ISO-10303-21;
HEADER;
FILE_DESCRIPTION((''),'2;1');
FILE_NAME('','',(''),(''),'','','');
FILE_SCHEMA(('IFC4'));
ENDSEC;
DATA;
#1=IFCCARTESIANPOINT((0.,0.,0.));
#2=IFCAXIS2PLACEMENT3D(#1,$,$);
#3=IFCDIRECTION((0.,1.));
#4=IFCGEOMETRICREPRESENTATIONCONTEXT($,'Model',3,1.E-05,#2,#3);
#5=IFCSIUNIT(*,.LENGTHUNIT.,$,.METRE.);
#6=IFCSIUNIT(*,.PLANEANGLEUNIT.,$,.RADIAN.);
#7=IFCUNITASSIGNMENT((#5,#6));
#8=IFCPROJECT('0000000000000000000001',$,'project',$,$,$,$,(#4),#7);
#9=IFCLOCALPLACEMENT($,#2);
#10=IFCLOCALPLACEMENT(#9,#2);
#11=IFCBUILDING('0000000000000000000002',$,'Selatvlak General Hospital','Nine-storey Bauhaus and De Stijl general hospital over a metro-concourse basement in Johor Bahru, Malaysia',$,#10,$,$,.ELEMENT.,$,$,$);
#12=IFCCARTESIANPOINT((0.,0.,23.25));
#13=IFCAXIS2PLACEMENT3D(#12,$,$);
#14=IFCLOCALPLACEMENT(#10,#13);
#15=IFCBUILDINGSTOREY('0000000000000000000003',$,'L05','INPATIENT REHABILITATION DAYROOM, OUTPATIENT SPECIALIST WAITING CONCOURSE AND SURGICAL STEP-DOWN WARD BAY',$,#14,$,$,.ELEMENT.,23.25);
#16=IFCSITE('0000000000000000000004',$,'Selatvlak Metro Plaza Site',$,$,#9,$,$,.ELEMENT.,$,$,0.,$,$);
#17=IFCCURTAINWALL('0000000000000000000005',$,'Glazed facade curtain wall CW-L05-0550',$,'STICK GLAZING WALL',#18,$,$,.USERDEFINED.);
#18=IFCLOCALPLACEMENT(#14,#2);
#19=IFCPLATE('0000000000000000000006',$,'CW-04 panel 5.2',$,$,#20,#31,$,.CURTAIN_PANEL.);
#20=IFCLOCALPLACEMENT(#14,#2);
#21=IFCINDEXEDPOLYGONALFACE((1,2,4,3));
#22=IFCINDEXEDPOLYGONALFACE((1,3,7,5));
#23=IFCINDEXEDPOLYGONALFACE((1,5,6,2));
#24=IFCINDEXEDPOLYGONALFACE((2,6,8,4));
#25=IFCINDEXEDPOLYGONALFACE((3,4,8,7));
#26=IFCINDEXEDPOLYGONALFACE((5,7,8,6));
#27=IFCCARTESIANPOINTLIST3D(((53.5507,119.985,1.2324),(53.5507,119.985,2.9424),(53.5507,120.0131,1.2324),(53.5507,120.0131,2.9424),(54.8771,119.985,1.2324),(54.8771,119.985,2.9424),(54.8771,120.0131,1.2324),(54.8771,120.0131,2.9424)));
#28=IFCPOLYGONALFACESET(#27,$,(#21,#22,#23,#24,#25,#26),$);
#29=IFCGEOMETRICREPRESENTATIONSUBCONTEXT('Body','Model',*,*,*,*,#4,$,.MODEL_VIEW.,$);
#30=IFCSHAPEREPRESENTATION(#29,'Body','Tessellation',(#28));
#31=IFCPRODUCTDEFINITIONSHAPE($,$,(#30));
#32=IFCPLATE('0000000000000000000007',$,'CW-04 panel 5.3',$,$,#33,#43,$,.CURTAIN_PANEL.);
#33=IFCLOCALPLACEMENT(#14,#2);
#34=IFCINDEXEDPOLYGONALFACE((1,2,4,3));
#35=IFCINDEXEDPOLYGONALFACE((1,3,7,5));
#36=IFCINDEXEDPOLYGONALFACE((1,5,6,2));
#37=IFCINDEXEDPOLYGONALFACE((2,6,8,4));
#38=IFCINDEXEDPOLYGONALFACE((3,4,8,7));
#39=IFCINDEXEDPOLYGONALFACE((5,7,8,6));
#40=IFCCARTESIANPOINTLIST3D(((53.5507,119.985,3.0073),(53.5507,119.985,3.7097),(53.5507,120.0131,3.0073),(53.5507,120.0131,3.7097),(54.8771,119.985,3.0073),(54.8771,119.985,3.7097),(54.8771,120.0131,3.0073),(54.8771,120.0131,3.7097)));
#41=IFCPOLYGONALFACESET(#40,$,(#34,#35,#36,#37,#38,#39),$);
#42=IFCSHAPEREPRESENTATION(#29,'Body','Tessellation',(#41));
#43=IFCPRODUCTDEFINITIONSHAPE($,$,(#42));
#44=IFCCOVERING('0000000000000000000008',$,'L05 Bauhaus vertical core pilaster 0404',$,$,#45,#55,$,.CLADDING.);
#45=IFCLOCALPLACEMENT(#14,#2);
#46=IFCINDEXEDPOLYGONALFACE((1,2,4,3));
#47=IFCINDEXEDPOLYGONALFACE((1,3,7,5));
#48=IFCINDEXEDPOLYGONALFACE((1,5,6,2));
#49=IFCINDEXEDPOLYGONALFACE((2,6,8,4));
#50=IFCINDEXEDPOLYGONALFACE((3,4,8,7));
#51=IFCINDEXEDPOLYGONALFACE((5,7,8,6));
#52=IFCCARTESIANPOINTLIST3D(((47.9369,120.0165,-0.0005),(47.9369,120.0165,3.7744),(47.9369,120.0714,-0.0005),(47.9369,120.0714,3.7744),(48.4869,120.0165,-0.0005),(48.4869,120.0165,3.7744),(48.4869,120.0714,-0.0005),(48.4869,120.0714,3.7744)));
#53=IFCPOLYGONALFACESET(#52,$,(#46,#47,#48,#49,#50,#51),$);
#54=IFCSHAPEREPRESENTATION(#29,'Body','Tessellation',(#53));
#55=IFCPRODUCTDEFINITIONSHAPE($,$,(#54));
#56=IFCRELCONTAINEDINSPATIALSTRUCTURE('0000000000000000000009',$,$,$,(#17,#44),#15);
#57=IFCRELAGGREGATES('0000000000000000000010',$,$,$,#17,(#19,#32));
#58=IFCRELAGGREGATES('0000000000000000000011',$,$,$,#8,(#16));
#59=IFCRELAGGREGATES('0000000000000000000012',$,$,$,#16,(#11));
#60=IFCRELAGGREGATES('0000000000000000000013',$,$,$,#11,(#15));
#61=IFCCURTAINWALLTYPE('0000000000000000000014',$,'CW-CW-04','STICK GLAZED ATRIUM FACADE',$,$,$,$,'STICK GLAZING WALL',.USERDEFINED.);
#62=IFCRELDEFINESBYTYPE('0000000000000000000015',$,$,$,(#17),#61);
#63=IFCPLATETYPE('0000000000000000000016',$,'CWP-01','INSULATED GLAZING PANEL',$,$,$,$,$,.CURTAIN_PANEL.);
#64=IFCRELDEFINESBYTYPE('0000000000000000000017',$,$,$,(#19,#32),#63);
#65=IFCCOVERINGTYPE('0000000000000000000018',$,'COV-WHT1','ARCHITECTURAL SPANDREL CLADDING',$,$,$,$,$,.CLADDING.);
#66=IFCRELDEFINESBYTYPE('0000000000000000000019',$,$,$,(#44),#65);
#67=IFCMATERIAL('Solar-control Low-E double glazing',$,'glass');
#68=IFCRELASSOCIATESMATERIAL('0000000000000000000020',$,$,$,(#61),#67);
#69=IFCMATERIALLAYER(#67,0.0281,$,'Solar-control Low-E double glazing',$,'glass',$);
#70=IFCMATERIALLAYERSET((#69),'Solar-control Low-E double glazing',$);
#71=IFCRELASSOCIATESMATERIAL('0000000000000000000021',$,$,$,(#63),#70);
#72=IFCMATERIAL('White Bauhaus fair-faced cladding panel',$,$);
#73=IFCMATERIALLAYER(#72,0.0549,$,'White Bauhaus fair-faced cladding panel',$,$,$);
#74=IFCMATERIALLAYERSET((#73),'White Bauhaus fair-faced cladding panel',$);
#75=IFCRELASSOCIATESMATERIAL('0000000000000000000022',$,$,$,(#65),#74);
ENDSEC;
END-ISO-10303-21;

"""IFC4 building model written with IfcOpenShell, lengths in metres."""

from ifc_helpers import new_model, si_unit, direction, frame, origin, origin_2d, place, context, subcontext, project, spatial, rectangle, extrude, material, layer, layer_set, type_object, element, aggregate, save


model = new_model("IFC4")

# Units and contexts
model_context = context("Model", 3, precision=1e-05, world=origin(), true_north=direction((0.0, 1.0)))
body_context = subcontext(model_context, "Body", "Model", "MODEL_VIEW")
ifc_project = project(units=[si_unit("LENGTHUNIT", "METRE"), si_unit("PLANEANGLEUNIT", "RADIAN")], contexts=[model_context])

# Site, building, storey
site_placement = place(None, origin())
site = spatial("IfcSite", under=ifc_project, at=site_placement, Name="Selatvlak Metro Plaza Site", CompositionType="ELEMENT", RefElevation=0.0)
building_placement = place(site_placement, origin())
building = spatial("IfcBuilding", under=site, at=building_placement, Name="Selatvlak General Hospital", Description="Nine-storey Bauhaus and De Stijl general hospital over a metro-concourse basement in Johor Bahru, Malaysia", CompositionType="ELEMENT")
storey_placement = place(building_placement, frame((0.0, 0.0, 23.25)))
storey = spatial("IfcBuildingStorey", under=building, at=storey_placement, Name="L05", Description="INPATIENT REHABILITATION DAYROOM, OUTPATIENT SPECIALIST WAITING CONCOURSE AND SURGICAL STEP-DOWN WARD BAY", CompositionType="ELEMENT", Elevation=23.25)

# Curtain wall, plates
ifc_material_1 = material(Name="Solar-control Low-E double glazing", Category="glass")
curtain_wall_type = type_object("IfcCurtainWallType", Name="CW-CW-04", Description="STICK GLAZED ATRIUM FACADE", ElementType="STICK GLAZING WALL", PredefinedType="USERDEFINED", material=ifc_material_1)
curtain_wall_placement = place(storey_placement, origin())
curtain_wall = element("IfcCurtainWall", 1, at=curtain_wall_placement, inside=storey, type_object=curtain_wall_type, Name="Glazed facade curtain wall CW-L05-0550", ObjectType="STICK GLAZING WALL", PredefinedType="USERDEFINED")
ifc_layer_1 = layer(ifc_material_1, 0.0281, Name="Solar-control Low-E double glazing", Category="glass")
ifc_layer_set_1 = layer_set([ifc_layer_1], Name="Solar-control Low-E double glazing")
plate_type = type_object("IfcPlateType", Name="CWP-01", Description="INSULATED GLAZING PANEL", PredefinedType="CURTAIN_PANEL", material=ifc_layer_set_1)
plate_1_placement = place(storey_placement, frame((54.2139, 119.999, 1.2324), z_axis=(0.0, 0.0, 1.0), x_axis=(1.0, 0.0, 0.0)))
plate_1 = element("IfcPlate", 2, at=plate_1_placement, type_object=plate_type, Name="CW-04 panel 5.2", PredefinedType="CURTAIN_PANEL", context=body_context, shape_type="SweptSolid", body=[
    extrude(rectangle(XDim=1.3264, YDim=0.0281, at=origin_2d()), origin(), (0.0, 0.0, 1.0), 1.71),
])
plate_2_placement = place(storey_placement, frame((54.2139, 119.999, 3.0073), z_axis=(0.0, 0.0, 1.0), x_axis=(1.0, 0.0, 0.0)))
plate_2 = element("IfcPlate", 3, at=plate_2_placement, type_object=plate_type, Name="CW-04 panel 5.3", PredefinedType="CURTAIN_PANEL", context=body_context, shape_type="SweptSolid", body=[
    extrude(rectangle(XDim=1.3264, YDim=0.0281, at=origin_2d()), origin(), (0.0, 0.0, 1.0), 0.7024),
])
aggregate(curtain_wall, [plate_1, plate_2])

# Covering
ifc_material_2 = material(Name="White Bauhaus fair-faced cladding panel")
ifc_layer_2 = layer(ifc_material_2, 0.0549, Name="White Bauhaus fair-faced cladding panel")
ifc_layer_set_2 = layer_set([ifc_layer_2], Name="White Bauhaus fair-faced cladding panel")
covering_type = type_object("IfcCoveringType", Name="COV-WHT1", Description="ARCHITECTURAL SPANDREL CLADDING", PredefinedType="CLADDING", material=ifc_layer_set_2)
covering_placement = place(storey_placement, frame((48.2119, 120.0439, -0.0005), z_axis=(0.0, 0.0, 1.0), x_axis=(1.0, 0.0, 0.0)))
element("IfcCovering", 4, at=covering_placement, inside=storey, type_object=covering_type, Name="L05 Bauhaus vertical core pilaster 0404", PredefinedType="CLADDING", context=body_context, shape_type="SweptSolid", body=[
    extrude(rectangle(XDim=0.55, YDim=0.0549, at=origin_2d()), origin(), (0.0, 0.0, 1.0), 3.7749),
])

save(model, "model.ifc")
